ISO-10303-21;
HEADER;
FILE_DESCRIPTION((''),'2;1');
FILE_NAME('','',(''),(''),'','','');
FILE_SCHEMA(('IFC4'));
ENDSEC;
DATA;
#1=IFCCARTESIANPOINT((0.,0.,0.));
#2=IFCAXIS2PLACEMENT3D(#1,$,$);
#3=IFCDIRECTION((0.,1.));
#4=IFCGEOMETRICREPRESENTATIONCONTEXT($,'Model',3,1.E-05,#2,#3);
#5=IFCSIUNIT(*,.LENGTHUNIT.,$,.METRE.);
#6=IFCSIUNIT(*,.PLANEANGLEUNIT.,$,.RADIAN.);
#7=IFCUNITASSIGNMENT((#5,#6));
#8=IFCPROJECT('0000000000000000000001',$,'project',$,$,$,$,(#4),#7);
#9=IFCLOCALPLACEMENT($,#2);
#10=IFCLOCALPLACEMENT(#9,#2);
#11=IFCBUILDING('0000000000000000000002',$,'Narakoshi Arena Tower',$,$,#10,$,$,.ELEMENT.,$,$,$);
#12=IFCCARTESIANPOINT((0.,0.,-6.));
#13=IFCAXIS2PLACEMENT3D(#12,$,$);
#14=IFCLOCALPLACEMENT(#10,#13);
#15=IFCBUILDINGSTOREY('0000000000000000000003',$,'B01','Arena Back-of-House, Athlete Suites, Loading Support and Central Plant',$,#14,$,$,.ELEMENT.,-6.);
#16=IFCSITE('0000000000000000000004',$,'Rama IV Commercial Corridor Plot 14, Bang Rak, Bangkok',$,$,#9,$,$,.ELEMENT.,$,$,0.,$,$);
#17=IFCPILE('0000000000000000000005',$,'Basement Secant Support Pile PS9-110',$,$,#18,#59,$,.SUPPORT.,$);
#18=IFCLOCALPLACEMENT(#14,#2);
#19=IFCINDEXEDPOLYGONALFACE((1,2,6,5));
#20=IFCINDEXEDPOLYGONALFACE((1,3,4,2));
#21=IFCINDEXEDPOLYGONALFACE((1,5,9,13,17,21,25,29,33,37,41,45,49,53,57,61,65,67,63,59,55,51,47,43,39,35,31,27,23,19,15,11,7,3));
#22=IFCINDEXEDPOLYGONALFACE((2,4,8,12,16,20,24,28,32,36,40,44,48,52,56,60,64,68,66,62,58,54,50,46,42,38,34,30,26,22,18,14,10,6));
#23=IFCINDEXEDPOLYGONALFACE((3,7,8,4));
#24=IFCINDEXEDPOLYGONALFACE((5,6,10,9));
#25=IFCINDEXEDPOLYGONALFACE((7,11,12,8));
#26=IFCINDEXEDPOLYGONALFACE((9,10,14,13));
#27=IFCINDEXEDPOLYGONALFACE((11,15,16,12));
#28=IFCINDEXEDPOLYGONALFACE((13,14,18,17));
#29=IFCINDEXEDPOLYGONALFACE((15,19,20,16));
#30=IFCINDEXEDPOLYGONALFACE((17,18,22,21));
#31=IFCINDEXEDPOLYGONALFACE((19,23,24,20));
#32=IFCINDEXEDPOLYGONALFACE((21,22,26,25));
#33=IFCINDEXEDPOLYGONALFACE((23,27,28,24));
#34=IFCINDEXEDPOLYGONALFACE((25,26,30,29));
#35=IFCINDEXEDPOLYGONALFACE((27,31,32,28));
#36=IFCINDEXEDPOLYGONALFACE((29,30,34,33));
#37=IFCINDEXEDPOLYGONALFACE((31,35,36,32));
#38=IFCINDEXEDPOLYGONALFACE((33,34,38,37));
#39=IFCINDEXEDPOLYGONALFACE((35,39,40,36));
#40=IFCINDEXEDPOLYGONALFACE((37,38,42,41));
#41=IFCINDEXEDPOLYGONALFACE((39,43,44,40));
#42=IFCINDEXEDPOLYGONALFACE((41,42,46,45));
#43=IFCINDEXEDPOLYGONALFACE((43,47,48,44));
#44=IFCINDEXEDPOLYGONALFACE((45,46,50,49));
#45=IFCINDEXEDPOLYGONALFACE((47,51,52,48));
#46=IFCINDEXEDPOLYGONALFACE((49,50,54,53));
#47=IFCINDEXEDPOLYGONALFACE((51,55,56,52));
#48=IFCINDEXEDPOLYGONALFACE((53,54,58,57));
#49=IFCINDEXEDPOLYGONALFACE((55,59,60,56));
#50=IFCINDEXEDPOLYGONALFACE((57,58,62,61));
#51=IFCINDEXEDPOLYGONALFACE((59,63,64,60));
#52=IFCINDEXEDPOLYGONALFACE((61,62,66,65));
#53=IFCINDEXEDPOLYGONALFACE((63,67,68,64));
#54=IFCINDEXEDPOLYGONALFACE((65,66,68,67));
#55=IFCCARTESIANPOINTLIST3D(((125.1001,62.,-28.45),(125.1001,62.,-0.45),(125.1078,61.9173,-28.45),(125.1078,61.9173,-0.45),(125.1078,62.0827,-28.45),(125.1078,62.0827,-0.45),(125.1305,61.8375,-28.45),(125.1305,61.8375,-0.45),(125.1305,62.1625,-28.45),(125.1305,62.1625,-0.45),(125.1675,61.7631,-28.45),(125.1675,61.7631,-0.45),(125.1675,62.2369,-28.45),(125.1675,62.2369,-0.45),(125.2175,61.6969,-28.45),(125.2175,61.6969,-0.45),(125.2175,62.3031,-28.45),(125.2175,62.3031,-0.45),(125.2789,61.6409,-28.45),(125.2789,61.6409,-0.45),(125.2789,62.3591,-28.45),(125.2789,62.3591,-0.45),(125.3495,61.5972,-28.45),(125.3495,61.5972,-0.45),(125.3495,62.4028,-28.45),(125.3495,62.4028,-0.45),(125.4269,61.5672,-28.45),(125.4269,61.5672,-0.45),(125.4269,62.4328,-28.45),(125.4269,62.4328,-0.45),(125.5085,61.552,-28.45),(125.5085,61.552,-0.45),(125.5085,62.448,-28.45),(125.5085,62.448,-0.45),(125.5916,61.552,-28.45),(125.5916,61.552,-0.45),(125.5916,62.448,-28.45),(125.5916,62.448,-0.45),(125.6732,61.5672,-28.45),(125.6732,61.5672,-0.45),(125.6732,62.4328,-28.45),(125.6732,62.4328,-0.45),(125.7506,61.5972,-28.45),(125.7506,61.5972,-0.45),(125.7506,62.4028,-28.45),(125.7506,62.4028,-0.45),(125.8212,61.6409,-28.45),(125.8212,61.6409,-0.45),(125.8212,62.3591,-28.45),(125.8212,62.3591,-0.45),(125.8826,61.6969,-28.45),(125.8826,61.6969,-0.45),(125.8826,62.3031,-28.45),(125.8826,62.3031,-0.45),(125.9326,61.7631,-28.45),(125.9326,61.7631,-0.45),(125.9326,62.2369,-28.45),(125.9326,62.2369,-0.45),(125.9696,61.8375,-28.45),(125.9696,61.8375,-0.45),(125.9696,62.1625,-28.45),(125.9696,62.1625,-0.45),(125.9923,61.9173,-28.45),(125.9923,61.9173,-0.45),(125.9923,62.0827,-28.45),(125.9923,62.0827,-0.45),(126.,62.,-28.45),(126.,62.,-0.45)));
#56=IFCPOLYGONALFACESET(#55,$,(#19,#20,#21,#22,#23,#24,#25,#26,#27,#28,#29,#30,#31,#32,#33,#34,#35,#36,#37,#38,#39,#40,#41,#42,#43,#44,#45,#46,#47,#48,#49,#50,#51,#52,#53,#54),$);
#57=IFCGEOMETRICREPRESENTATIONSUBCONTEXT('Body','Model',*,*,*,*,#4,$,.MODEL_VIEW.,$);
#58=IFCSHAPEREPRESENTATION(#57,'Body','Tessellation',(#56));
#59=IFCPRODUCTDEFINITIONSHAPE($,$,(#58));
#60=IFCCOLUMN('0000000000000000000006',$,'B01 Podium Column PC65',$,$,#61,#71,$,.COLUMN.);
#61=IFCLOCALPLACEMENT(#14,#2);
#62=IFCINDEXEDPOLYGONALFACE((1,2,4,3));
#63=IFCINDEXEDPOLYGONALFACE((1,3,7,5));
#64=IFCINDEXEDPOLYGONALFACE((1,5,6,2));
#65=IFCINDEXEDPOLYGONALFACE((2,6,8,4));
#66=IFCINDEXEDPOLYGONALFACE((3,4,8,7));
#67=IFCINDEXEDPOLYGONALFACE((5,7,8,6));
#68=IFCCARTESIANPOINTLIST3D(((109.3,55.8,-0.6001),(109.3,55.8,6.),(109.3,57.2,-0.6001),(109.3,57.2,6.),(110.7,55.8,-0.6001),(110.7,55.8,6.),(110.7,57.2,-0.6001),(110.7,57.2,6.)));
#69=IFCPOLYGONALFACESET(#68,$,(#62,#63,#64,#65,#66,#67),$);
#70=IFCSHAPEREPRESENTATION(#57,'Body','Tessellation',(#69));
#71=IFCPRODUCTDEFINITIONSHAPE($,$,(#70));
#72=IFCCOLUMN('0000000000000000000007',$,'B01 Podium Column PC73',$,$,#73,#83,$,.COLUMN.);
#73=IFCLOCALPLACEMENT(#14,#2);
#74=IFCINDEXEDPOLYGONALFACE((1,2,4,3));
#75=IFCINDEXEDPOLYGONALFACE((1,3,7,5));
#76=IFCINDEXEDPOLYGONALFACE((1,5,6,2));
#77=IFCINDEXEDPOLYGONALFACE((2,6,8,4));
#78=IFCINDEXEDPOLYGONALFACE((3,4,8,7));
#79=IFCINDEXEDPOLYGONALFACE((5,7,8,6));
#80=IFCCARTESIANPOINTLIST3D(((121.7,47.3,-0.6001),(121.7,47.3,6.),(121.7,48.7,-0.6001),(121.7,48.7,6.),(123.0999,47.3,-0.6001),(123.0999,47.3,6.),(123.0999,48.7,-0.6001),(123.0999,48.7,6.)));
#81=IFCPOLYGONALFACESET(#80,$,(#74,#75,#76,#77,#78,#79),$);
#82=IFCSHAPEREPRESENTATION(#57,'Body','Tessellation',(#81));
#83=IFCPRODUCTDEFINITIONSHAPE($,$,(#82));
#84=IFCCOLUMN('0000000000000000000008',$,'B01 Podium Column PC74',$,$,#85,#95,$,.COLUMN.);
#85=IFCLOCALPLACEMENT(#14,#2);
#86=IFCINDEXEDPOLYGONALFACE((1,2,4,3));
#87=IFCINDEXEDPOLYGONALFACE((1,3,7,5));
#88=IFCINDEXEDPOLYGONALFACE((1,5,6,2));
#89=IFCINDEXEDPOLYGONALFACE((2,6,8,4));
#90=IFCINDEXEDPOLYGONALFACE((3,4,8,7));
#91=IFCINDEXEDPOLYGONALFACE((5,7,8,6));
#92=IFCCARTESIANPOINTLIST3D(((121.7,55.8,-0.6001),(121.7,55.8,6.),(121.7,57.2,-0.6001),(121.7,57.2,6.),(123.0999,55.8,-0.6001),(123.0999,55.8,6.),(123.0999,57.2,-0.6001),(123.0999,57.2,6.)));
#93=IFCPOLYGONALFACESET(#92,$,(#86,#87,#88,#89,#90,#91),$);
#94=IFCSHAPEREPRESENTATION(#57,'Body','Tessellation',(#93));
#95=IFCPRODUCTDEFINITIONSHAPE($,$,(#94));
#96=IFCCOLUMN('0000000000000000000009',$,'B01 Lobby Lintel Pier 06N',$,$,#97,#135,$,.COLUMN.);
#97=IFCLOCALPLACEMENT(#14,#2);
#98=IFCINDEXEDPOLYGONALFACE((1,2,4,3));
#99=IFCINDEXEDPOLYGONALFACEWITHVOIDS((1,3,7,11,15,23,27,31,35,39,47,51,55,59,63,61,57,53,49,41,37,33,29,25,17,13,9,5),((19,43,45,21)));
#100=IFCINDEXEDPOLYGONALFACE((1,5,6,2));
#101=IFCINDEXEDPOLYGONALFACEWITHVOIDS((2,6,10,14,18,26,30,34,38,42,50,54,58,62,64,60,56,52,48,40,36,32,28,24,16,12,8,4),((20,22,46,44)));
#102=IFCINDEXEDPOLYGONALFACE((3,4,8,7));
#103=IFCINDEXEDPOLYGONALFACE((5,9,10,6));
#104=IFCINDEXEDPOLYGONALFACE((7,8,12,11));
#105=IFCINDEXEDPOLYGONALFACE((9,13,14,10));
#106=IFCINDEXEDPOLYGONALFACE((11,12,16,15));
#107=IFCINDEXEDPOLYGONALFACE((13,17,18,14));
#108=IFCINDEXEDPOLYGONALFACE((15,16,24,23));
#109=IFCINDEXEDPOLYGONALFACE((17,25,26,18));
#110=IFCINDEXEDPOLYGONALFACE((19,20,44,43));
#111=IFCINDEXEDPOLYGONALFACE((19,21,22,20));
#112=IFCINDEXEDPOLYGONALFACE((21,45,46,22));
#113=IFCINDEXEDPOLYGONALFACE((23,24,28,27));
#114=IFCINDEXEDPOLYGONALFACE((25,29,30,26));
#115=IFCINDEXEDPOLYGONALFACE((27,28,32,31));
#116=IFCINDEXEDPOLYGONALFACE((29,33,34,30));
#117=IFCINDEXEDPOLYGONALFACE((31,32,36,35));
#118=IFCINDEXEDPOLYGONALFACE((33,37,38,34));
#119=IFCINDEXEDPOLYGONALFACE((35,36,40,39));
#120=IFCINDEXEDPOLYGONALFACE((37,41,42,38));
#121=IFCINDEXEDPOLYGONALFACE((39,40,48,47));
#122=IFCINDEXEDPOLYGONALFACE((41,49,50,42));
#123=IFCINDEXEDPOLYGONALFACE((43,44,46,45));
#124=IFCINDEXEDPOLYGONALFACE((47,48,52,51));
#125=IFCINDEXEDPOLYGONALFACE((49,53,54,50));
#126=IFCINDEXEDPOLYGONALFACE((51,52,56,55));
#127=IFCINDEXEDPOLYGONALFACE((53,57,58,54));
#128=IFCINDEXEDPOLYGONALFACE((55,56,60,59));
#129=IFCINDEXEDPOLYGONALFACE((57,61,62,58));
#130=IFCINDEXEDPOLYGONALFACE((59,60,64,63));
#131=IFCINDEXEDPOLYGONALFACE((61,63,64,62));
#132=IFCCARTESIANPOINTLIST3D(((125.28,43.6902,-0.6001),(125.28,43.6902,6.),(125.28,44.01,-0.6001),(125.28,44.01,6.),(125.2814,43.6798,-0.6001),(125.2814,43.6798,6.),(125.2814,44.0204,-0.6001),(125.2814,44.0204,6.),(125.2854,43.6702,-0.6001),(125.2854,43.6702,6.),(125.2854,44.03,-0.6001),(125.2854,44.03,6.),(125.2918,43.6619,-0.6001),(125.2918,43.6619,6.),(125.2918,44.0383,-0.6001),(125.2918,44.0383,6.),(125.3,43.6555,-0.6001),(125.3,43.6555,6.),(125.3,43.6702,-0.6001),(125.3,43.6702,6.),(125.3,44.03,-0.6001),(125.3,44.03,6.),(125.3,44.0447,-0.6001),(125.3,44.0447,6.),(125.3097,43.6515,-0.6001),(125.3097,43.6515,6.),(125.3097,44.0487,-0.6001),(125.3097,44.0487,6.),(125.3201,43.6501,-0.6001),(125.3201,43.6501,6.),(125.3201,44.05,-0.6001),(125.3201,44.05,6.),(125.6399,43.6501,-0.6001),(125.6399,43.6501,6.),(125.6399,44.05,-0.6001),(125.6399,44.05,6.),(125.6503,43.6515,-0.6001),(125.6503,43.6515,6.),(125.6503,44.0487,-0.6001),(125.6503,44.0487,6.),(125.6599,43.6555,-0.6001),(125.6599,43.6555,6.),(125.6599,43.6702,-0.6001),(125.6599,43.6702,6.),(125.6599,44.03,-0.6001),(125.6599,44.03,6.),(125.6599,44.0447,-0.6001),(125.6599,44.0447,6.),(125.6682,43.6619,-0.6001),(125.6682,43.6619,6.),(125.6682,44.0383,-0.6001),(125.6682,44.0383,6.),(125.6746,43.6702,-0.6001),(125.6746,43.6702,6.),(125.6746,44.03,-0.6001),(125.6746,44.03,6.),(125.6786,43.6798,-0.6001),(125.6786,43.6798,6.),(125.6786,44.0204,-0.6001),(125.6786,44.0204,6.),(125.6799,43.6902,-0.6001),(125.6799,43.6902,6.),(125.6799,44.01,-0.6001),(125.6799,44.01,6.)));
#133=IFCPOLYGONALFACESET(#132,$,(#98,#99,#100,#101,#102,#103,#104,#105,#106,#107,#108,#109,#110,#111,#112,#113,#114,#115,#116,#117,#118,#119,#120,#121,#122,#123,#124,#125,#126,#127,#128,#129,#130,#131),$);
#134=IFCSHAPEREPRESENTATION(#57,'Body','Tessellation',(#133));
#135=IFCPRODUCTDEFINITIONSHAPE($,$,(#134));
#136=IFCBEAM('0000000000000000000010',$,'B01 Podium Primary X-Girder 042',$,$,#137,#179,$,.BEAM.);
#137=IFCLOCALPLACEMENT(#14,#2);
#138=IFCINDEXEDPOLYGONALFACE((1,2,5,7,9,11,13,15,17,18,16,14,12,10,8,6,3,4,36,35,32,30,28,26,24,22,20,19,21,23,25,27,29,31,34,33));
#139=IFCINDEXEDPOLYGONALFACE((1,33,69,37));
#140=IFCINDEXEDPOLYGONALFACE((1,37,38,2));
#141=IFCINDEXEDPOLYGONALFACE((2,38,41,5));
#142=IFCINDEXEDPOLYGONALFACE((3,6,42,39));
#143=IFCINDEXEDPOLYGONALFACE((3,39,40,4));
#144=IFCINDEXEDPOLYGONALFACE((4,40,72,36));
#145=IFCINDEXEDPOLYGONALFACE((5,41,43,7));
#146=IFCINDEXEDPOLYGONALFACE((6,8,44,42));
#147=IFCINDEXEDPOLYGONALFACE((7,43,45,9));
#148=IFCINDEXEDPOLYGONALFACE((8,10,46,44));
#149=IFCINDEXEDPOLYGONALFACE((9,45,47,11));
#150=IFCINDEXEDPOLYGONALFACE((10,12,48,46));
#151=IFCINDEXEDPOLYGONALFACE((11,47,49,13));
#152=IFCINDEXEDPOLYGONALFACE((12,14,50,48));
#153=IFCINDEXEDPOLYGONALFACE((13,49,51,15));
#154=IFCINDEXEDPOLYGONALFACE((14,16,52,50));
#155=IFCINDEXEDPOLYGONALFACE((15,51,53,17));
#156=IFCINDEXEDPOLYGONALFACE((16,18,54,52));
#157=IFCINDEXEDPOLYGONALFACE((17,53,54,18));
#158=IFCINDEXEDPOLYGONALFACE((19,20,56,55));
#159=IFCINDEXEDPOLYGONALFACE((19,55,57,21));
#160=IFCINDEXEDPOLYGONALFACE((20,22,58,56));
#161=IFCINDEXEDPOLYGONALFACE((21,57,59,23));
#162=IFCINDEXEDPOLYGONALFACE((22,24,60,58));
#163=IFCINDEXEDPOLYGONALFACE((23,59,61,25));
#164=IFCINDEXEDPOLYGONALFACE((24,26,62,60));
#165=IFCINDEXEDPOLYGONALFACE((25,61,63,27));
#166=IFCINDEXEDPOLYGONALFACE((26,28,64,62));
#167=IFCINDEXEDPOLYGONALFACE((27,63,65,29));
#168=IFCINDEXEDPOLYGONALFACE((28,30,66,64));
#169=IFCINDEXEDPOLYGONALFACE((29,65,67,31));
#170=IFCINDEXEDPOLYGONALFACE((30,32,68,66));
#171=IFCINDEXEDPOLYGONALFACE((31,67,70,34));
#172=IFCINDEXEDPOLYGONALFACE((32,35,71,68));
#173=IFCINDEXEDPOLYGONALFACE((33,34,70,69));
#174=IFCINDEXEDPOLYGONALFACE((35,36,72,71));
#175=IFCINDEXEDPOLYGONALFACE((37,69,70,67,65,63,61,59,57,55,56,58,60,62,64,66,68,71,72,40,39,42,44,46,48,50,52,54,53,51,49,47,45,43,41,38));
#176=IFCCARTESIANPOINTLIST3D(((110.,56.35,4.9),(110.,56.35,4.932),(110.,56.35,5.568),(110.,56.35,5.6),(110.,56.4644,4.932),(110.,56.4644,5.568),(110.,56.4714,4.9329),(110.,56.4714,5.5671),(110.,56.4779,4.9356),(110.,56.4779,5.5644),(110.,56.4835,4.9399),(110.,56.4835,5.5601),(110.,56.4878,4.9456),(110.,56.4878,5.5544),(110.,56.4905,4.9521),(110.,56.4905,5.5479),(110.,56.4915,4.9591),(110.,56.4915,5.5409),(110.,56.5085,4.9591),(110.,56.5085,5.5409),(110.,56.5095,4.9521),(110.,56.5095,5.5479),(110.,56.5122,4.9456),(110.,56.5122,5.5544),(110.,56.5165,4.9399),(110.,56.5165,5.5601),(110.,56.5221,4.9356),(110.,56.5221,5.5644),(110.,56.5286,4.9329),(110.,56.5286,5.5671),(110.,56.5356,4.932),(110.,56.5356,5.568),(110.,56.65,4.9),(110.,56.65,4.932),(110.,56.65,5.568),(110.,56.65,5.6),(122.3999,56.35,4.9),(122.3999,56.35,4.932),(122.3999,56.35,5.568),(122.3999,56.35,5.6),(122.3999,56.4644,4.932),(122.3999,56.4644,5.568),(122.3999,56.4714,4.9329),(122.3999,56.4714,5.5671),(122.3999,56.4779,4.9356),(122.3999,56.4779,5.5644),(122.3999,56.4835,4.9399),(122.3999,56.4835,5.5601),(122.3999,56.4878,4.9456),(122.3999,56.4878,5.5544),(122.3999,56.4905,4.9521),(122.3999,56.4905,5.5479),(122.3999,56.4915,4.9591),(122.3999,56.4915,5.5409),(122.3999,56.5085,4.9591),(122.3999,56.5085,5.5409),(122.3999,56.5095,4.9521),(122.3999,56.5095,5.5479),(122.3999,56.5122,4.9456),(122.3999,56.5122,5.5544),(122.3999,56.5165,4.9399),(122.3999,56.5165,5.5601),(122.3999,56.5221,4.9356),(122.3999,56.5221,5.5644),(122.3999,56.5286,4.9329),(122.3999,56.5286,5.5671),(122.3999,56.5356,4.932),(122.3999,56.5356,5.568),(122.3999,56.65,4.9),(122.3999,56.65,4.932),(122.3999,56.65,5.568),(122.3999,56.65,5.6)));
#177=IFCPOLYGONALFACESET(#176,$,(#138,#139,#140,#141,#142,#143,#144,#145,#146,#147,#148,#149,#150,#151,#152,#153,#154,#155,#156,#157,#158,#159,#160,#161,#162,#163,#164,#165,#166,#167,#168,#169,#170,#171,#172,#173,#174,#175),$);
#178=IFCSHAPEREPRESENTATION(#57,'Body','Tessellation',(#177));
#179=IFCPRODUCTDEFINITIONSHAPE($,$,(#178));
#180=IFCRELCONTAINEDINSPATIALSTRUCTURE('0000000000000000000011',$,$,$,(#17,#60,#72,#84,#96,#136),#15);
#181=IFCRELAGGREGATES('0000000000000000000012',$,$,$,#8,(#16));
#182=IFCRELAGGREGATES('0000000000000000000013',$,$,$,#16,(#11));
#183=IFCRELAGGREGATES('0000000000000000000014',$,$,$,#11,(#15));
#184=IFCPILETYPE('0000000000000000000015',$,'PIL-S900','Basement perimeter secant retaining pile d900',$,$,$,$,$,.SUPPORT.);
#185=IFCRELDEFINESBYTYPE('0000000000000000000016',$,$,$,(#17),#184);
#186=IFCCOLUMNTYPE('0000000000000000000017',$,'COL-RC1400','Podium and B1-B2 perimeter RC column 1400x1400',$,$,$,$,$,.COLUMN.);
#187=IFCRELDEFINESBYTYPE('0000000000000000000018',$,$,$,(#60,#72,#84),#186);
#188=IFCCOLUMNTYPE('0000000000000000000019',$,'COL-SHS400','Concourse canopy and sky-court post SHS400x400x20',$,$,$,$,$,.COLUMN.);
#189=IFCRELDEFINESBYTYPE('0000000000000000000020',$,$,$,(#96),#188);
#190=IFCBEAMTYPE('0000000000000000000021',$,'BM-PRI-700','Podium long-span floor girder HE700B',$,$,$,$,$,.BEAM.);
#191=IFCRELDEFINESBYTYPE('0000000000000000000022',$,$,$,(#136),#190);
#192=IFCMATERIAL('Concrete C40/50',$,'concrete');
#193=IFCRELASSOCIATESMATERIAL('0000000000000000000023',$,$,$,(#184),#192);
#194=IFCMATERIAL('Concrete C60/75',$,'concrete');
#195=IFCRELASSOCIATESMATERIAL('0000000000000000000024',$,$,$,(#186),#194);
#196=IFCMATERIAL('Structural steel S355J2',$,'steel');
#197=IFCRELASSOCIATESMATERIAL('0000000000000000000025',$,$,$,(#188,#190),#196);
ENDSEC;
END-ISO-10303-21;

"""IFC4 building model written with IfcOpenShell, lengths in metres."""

from ifc_helpers import new_model, si_unit, direction, frame, origin, origin_2d, place, context, subcontext, project, spatial, rectangle, hollow_rectangle, circle, i_section, extrude, material, material_profile, profile_set, type_object, element, save


model = new_model("IFC4")

# Units and contexts
model_context = context("Model", 3, precision=1e-05, world=origin(), true_north=direction((0.0, 1.0)))
body_context = subcontext(model_context, "Body", "Model", "MODEL_VIEW")
ifc_project = project(units=[si_unit("LENGTHUNIT", "METRE"), si_unit("PLANEANGLEUNIT", "RADIAN")], contexts=[model_context])

# Site, building, storey
site_placement = place(None, origin())
site = spatial("IfcSite", under=ifc_project, at=site_placement, Name="Rama IV Commercial Corridor Plot 14, Bang Rak, Bangkok", CompositionType="ELEMENT", RefElevation=0.0)
building_placement = place(site_placement, origin())
building = spatial("IfcBuilding", under=site, at=building_placement, Name="Narakoshi Arena Tower", CompositionType="ELEMENT")
storey_placement = place(building_placement, frame((0.0, 0.0, -6.0)))
storey = spatial("IfcBuildingStorey", under=building, at=storey_placement, Name="B01", Description="Arena Back-of-House, Athlete Suites, Loading Support and Central Plant", CompositionType="ELEMENT", Elevation=-6.0)

# Pile
ifc_material_1 = material(Name="Concrete C40/50", Category="concrete")
ifc_material_profile_1 = material_profile(ifc_material_1, circle(Radius=0.45, at=origin_2d()), Name="PILE-D900")
ifc_profile_set_1 = profile_set([ifc_material_profile_1], Name="Concrete C40/50")
pile_type_1 = type_object("IfcPileType", Name="PIL-S900", Description="Basement perimeter secant retaining pile d900", PredefinedType="SUPPORT", material=ifc_profile_set_1)
pile_1_placement = place(storey_placement, frame((125.55, 62.0, -0.45), z_axis=(0.0, 0.0, -1.0), x_axis=(1.0, 0.0, 0.0)))
element("IfcPile", 1, at=pile_1_placement, inside=storey, type_object=pile_type_1, Name="Basement Secant Support Pile PS9-110", PredefinedType="SUPPORT", context=body_context, shape_type="SweptSolid", body=[
    extrude(circle(Radius=0.45, at=origin_2d()), origin(), (0.0, 0.0, 1.0), 28.0),
])

# Columns
ifc_material_2 = material(Name="Concrete C60/75", Category="concrete")
ifc_material_profile_2 = material_profile(ifc_material_2, rectangle(XDim=1.3999, YDim=1.3999, at=origin_2d()), Name="RC1400x1400")
ifc_profile_set_2 = profile_set([ifc_material_profile_2], Name="Concrete C60/75")
column_type_1 = type_object("IfcColumnType", Name="COL-RC1400", Description="Podium and B1-B2 perimeter RC column 1400x1400", PredefinedType="COLUMN", material=ifc_profile_set_2)
for number, where, z_axis, x_axis, name in (
    (2, (110.0, 56.5, -0.6001), (0.0, 0.0, 1.0), (1.0, 0.0, 0.0), "B01 Podium Column PC65"),
    (3, (122.3999, 48.0, -0.6001), (0.0, 0.0, 1.0), (1.0, 0.0, 0.0), "B01 Podium Column PC73"),
    (4, (122.3999, 56.5, -0.6001), (0.0, 0.0, 1.0), (1.0, 0.0, 0.0), "B01 Podium Column PC74"),
):
    element("IfcColumn", number, at=place(storey_placement, frame(where, z_axis=z_axis, x_axis=x_axis)), inside=storey, type_object=column_type_1, Name=name, PredefinedType="COLUMN", context=body_context, shape_type="SweptSolid", body=[
        extrude(rectangle(XDim=1.3999, YDim=1.3999, at=origin_2d()), origin(), (0.0, 0.0, 1.0), 6.6001),
    ])
ifc_material_3 = material(Name="Structural steel S355J2", Category="steel")
ifc_material_profile_3 = material_profile(ifc_material_3, hollow_rectangle(XDim=0.3999, YDim=0.3999, WallThickness=0.02, OuterFilletRadius=0.04, at=origin_2d()), Name="SHS400x400x20")
ifc_profile_set_3 = profile_set([ifc_material_profile_3], Name="Structural steel S355J2")
column_type_2 = type_object("IfcColumnType", Name="COL-SHS400", Description="Concourse canopy and sky-court post SHS400x400x20", PredefinedType="COLUMN", material=ifc_profile_set_3)
column_placement = place(storey_placement, frame((125.48, 43.8501, -0.6001), z_axis=(0.0, 0.0, 1.0), x_axis=(1.0, 0.0, 0.0)))
element("IfcColumn", 5, at=column_placement, inside=storey, type_object=column_type_2, Name="B01 Lobby Lintel Pier 06N", PredefinedType="COLUMN", context=body_context, shape_type="SweptSolid", body=[
    extrude(hollow_rectangle(XDim=0.3999, YDim=0.3999, WallThickness=0.02, OuterFilletRadius=0.04, at=origin_2d()), origin(), (0.0, 0.0, 1.0), 6.6001),
])

# Beam
ifc_material_profile_4 = material_profile(ifc_material_3, i_section(OverallWidth=0.3, OverallDepth=0.7, WebThickness=0.0171, FlangeThickness=0.032, FilletRadius=0.0271, at=origin_2d()), Name="HE700B")
ifc_profile_set_4 = profile_set([ifc_material_profile_4], Name="Structural steel S355J2")
beam_type_1 = type_object("IfcBeamType", Name="BM-PRI-700", Description="Podium long-span floor girder HE700B", PredefinedType="BEAM", material=ifc_profile_set_4)
beam_1_placement = place(storey_placement, frame((110.0, 56.5, 5.25), z_axis=(1.0, 0.0, 0.0), x_axis=(0.0, 1.0, 0.0)))
element("IfcBeam", 6, at=beam_1_placement, inside=storey, type_object=beam_type_1, Name="B01 Podium Primary X-Girder 042", PredefinedType="BEAM", context=body_context, shape_type="SweptSolid", body=[
    extrude(i_section(OverallWidth=0.3, OverallDepth=0.7, WebThickness=0.0171, FlangeThickness=0.032, FilletRadius=0.0271, at=origin_2d()), origin(), (0.0, 0.0, 1.0), 12.3999),
])

save(model, "model.ifc")
